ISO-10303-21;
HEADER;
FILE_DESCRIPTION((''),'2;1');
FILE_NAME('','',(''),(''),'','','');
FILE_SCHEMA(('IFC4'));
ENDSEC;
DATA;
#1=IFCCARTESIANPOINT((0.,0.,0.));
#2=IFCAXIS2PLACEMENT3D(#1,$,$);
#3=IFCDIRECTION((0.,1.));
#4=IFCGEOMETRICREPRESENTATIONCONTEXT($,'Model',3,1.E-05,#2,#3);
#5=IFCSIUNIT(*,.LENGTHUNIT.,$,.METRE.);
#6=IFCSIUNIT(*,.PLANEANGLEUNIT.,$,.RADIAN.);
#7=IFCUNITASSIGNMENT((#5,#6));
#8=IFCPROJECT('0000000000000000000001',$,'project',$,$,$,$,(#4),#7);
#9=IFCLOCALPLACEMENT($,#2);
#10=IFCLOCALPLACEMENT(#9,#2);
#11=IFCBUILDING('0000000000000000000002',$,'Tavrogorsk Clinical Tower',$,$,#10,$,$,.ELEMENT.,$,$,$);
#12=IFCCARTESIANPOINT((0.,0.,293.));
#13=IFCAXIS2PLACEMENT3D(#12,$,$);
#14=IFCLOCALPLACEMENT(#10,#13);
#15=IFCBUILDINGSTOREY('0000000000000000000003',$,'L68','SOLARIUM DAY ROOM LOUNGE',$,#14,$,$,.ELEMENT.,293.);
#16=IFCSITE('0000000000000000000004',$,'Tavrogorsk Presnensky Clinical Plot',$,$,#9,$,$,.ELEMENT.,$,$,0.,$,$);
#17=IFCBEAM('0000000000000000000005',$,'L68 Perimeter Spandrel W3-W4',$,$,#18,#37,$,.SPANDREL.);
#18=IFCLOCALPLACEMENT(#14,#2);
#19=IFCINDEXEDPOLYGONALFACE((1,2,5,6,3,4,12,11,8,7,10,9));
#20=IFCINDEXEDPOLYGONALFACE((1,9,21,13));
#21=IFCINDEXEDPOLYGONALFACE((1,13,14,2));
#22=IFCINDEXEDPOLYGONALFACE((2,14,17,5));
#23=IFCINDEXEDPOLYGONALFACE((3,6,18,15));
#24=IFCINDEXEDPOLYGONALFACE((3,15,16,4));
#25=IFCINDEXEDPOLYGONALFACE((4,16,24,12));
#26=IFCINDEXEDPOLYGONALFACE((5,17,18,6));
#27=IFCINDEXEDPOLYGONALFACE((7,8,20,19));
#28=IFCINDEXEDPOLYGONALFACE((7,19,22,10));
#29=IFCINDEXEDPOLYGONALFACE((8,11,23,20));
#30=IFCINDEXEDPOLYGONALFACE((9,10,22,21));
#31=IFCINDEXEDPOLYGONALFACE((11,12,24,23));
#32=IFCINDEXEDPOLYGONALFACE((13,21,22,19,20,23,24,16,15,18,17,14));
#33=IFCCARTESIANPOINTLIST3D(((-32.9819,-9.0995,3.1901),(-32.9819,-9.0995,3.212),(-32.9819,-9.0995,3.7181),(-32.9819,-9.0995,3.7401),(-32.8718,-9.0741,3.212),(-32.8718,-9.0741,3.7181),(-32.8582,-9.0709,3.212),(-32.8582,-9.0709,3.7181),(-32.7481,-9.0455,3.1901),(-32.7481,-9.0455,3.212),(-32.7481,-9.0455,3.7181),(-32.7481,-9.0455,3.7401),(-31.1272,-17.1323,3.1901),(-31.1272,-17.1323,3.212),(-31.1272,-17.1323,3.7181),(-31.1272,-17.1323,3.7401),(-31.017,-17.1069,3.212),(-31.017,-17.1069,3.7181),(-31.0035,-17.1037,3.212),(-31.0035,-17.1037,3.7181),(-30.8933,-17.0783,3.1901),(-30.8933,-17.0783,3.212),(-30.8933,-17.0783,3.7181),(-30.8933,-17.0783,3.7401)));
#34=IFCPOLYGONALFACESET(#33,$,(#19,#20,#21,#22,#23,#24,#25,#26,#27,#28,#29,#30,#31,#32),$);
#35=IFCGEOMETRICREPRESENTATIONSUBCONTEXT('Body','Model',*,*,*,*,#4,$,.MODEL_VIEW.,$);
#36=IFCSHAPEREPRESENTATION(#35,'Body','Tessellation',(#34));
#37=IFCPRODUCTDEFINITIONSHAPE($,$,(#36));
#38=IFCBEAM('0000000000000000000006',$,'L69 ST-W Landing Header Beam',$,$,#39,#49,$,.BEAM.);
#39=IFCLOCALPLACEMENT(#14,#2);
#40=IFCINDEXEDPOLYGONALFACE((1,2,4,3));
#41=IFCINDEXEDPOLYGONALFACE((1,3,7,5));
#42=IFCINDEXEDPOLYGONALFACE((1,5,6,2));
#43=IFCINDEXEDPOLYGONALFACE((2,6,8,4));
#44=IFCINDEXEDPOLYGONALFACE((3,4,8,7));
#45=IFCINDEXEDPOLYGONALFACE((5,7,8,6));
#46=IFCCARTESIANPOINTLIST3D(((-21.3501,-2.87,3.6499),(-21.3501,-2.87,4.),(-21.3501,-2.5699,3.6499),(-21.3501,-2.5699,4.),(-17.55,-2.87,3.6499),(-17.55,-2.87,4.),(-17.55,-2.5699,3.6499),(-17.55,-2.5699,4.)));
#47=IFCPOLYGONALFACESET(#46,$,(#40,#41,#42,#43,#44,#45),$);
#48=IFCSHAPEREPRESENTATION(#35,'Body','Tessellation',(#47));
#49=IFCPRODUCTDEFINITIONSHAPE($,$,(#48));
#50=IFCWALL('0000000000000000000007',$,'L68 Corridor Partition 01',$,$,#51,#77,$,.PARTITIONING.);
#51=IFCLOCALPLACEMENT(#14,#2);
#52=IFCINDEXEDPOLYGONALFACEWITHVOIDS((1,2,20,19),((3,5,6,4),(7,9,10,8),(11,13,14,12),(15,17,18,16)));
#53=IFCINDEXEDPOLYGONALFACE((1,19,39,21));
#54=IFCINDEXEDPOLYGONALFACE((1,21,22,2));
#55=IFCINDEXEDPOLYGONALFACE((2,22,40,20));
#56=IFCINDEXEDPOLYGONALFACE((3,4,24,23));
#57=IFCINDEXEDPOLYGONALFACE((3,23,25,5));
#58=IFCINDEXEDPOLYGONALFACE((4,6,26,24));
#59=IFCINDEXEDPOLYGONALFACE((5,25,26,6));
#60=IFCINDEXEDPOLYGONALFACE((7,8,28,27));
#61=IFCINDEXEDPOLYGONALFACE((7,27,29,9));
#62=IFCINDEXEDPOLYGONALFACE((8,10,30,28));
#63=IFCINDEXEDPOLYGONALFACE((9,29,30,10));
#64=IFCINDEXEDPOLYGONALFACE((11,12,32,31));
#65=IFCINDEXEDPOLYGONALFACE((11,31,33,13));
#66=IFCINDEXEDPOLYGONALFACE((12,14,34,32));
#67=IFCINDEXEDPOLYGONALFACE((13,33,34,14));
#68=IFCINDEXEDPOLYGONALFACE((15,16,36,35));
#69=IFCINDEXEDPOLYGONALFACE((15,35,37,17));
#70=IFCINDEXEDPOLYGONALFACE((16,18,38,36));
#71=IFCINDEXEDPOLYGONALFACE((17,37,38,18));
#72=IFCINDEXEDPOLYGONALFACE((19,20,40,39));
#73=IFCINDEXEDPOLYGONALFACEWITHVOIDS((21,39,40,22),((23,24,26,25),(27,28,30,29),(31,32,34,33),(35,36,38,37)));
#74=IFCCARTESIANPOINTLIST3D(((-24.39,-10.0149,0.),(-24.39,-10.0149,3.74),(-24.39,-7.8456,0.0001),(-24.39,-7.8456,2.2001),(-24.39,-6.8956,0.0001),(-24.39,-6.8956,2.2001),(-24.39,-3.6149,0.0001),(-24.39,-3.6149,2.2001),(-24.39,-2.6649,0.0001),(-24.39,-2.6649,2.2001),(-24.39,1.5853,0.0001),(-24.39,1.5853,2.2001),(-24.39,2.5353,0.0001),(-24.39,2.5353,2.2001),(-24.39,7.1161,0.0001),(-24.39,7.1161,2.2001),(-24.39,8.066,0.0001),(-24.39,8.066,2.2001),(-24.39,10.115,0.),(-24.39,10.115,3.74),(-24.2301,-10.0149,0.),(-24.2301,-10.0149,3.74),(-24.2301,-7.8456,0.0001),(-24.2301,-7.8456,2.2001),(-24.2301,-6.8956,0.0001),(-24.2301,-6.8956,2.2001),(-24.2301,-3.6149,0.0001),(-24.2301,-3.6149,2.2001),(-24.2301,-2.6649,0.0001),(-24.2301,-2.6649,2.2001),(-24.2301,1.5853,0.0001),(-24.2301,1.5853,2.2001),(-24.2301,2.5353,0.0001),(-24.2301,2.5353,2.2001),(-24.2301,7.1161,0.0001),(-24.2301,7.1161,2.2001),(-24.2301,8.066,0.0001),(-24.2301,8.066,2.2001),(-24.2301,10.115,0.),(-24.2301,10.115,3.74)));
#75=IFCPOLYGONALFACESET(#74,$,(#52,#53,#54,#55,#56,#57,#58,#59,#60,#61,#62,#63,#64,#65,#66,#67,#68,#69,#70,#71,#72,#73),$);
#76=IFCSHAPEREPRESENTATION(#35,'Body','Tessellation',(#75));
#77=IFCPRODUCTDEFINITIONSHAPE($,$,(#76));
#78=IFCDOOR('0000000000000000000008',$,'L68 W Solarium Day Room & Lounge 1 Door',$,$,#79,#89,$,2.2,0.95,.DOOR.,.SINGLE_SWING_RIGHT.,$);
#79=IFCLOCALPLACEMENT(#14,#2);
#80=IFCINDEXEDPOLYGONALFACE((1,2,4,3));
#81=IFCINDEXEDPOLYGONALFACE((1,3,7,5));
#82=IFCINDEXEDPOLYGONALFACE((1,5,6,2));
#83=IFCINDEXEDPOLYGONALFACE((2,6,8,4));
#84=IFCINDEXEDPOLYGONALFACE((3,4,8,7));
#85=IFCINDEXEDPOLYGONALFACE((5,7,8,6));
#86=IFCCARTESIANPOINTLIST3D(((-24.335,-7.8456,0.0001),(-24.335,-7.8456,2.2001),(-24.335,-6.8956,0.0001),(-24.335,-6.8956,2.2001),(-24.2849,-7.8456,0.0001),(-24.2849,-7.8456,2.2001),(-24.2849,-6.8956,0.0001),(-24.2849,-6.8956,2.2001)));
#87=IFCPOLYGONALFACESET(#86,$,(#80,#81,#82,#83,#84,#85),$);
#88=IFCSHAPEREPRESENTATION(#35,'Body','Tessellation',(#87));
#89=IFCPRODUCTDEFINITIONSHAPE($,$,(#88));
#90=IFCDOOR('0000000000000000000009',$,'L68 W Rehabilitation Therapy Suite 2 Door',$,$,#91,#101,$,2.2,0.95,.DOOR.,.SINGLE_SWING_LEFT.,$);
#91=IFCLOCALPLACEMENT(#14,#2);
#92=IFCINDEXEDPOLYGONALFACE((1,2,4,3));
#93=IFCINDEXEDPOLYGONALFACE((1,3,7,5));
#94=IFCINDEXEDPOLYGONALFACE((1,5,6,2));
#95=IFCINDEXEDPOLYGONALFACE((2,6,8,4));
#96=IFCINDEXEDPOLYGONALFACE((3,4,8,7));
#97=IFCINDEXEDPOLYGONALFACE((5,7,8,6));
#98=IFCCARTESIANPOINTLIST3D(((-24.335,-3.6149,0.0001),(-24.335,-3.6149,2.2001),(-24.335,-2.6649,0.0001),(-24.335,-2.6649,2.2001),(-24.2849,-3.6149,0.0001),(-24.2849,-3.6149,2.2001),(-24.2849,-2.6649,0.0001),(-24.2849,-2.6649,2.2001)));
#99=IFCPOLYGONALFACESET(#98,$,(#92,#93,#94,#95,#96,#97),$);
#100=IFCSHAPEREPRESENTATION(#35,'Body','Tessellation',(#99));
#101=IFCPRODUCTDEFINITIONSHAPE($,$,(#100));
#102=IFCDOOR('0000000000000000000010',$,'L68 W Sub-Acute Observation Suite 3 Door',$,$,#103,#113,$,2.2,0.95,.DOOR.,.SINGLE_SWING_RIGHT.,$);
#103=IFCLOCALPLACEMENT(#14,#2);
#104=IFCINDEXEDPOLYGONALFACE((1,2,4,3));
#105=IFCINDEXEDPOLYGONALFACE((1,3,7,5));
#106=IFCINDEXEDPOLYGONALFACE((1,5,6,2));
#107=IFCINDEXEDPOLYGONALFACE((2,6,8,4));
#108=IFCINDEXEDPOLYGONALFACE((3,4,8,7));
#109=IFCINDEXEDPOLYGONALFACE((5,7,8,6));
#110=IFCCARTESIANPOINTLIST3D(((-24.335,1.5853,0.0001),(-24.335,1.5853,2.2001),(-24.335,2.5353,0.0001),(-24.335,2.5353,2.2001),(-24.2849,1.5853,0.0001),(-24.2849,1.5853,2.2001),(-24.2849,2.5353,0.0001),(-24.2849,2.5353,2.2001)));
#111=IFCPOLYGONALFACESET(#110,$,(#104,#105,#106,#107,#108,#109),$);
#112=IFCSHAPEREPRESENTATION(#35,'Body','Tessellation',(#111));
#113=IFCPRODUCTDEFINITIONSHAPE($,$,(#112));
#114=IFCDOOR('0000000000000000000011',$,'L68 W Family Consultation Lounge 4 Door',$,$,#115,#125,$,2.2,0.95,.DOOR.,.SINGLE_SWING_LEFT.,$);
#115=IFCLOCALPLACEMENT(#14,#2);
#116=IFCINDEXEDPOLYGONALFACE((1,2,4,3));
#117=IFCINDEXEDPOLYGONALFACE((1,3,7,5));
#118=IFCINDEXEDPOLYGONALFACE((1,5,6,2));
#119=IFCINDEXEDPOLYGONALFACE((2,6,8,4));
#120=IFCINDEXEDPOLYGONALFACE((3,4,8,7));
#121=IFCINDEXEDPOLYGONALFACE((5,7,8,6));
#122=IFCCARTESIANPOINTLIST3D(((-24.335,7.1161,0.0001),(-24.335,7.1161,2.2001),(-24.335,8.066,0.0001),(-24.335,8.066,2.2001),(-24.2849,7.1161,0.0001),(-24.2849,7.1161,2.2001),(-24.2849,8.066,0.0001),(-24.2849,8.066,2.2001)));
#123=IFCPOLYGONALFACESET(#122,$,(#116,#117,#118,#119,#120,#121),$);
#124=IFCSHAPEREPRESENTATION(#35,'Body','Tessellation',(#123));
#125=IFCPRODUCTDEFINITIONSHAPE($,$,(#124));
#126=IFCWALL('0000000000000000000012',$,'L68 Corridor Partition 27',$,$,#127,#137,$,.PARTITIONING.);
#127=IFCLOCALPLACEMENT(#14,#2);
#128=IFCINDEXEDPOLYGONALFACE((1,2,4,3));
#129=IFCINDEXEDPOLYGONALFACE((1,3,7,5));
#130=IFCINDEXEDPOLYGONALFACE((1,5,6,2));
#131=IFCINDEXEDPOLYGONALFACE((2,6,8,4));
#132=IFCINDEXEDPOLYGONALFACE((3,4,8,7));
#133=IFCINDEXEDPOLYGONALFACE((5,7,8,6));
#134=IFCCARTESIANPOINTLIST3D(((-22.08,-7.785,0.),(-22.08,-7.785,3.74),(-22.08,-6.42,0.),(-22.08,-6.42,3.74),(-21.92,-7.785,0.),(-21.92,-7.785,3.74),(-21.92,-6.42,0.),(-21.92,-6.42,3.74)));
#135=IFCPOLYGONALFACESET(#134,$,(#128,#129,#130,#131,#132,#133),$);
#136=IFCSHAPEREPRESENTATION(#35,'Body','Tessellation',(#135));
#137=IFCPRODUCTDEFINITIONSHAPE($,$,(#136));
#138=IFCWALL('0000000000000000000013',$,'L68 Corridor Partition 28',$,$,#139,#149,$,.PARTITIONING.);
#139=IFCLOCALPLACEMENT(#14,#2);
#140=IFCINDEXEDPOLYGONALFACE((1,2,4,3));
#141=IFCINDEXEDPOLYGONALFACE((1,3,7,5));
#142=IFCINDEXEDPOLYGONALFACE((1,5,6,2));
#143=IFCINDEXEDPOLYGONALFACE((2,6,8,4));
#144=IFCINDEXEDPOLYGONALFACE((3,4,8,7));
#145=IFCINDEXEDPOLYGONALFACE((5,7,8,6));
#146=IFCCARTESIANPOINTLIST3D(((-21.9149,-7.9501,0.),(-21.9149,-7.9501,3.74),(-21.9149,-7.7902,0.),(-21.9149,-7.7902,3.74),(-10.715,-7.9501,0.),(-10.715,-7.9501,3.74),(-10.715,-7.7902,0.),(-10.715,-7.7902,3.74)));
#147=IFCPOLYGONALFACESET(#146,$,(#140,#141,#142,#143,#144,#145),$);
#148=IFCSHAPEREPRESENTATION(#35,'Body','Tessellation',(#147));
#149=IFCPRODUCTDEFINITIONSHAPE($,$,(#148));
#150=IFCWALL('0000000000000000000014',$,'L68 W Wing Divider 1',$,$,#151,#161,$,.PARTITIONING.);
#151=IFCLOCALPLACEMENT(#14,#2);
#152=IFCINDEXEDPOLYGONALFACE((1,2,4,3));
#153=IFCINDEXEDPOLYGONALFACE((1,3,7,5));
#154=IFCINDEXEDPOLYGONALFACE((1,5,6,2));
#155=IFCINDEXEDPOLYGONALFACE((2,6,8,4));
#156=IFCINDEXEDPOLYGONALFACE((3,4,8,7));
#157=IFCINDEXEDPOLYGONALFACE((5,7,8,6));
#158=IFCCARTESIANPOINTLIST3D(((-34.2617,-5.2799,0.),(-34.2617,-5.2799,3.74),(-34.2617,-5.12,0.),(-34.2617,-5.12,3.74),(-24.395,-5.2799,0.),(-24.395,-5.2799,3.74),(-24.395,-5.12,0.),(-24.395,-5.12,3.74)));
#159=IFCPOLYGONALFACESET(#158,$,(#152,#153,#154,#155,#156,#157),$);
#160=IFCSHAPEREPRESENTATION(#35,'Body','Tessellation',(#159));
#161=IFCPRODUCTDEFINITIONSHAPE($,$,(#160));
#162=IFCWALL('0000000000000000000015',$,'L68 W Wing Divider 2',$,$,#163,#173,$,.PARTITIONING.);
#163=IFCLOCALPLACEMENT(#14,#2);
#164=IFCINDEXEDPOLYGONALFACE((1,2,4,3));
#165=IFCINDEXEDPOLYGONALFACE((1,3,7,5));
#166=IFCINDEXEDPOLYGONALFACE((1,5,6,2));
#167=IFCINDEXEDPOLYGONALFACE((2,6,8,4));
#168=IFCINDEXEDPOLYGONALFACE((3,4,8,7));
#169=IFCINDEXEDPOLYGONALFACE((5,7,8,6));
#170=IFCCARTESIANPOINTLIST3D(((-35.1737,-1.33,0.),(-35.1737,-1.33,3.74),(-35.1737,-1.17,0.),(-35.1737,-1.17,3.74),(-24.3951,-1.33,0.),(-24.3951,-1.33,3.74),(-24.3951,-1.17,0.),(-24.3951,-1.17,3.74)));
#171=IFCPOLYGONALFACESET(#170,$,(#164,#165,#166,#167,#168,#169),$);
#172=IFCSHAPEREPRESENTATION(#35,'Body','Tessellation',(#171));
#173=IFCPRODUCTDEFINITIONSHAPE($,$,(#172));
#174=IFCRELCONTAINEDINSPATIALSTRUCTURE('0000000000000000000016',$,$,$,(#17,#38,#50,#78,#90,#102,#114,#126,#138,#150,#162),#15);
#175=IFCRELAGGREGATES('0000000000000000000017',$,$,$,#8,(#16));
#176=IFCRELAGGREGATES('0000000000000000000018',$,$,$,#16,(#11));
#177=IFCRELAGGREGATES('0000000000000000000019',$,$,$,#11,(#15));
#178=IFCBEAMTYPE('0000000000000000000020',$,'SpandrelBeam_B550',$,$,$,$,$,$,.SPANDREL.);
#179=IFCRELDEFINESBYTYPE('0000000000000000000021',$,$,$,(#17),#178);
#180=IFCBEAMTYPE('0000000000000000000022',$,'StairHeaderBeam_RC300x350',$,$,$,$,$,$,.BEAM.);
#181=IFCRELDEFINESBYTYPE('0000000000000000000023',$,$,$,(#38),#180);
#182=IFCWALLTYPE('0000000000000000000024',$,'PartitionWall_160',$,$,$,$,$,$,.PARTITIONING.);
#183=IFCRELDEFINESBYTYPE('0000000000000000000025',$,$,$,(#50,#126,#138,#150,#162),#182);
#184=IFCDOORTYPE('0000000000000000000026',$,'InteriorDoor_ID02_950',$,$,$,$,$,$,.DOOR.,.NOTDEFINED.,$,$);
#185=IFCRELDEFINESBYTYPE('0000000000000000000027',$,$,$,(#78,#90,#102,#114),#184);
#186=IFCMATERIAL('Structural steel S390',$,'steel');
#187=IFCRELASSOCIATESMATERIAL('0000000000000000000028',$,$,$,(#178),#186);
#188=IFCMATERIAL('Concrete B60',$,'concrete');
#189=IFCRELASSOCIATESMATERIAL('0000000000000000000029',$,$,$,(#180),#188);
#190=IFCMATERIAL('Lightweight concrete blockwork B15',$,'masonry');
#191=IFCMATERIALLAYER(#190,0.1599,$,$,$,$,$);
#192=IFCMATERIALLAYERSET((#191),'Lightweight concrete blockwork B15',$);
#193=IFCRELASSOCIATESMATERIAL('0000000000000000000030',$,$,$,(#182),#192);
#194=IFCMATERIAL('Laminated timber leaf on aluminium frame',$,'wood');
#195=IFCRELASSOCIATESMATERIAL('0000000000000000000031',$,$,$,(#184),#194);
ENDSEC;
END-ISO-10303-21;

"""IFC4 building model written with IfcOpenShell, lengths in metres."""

from ifc_helpers import new_model, si_unit, direction, frame, frame_2d, origin, origin_2d, place, context, subcontext, project, spatial, rectangle, i_section, extrude, material, layer, layer_set, material_profile, profile_set, type_object, element, fill, save


model = new_model("IFC4")

# Units and contexts
model_context = context("Model", 3, precision=1e-05, world=origin(), true_north=direction((0.0, 1.0)))
body_context = subcontext(model_context, "Body", "Model", "MODEL_VIEW")
ifc_project = project(units=[si_unit("LENGTHUNIT", "METRE"), si_unit("PLANEANGLEUNIT", "RADIAN")], contexts=[model_context])

# Site, building, storey
site_placement = place(None, origin())
site = spatial("IfcSite", under=ifc_project, at=site_placement, Name="Tavrogorsk Presnensky Clinical Plot", CompositionType="ELEMENT", RefElevation=0.0)
building_placement = place(site_placement, origin())
building = spatial("IfcBuilding", under=site, at=building_placement, Name="Tavrogorsk Clinical Tower", CompositionType="ELEMENT")
storey_placement = place(building_placement, frame((0.0, 0.0, 293.0)))
storey = spatial("IfcBuildingStorey", under=building, at=storey_placement, Name="L68", Description="SOLARIUM DAY ROOM LOUNGE", CompositionType="ELEMENT", Elevation=293.0)

# Beams
ifc_material_1 = material(Name="Structural steel S390", Category="steel")
ifc_material_profile_1 = material_profile(ifc_material_1, i_section(OverallWidth=0.24, OverallDepth=0.55, WebThickness=0.0139, FlangeThickness=0.022, at=origin_2d()), Name="B-550x240x14x22")
ifc_profile_set_1 = profile_set([ifc_material_profile_1], Name="Structural steel S390")
beam_type_1 = type_object("IfcBeamType", Name="SpandrelBeam_B550", PredefinedType="SPANDREL", material=ifc_profile_set_1)
beam_1_placement = place(storey_placement, frame((-32.865, -9.0725, 3.4651), z_axis=(0.224978, -0.974364, 0.0), x_axis=(0.974364, 0.224978, 0.0)))
element("IfcBeam", 1, at=beam_1_placement, inside=storey, type_object=beam_type_1, Name="L68 Perimeter Spandrel W3-W4", PredefinedType="SPANDREL", context=body_context, shape_type="SweptSolid", body=[
    extrude(i_section(OverallWidth=0.24, OverallDepth=0.55, WebThickness=0.0139, FlangeThickness=0.022, at=origin_2d()), origin(), (0.0, 0.0, 1.0), 8.2441),
])
ifc_material_2 = material(Name="Concrete B60", Category="concrete")
ifc_material_profile_2 = material_profile(ifc_material_2, rectangle(XDim=0.3, YDim=0.3501, at=origin_2d()), Name="RC-SHB-300x350")
ifc_profile_set_2 = profile_set([ifc_material_profile_2], Name="Concrete B60")
beam_type_2 = type_object("IfcBeamType", Name="StairHeaderBeam_RC300x350", PredefinedType="BEAM", material=ifc_profile_set_2)
beam_2_placement = place(storey_placement, frame((-21.3501, -2.72, 3.825), z_axis=(1.0, 0.0, 0.0), x_axis=(0.0, 1.0, 0.0)))
element("IfcBeam", 2, at=beam_2_placement, inside=storey, type_object=beam_type_2, Name="L69 ST-W Landing Header Beam", PredefinedType="BEAM", context=body_context, shape_type="SweptSolid", body=[
    extrude(rectangle(XDim=0.3, YDim=0.3501, at=origin_2d()), origin(), (0.0, 0.0, 1.0), 3.8),
])

# Wall, openings, doors
ifc_material_3 = material(Name="Lightweight concrete blockwork B15", Category="masonry")
ifc_layer_1 = layer(ifc_material_3, 0.1599)
ifc_layer_set_1 = layer_set([ifc_layer_1], Name="Lightweight concrete blockwork B15")
wall_type_1 = type_object("IfcWallType", Name="PartitionWall_160", PredefinedType="PARTITIONING", material=ifc_layer_set_1)
wall_1_placement = place(storey_placement, frame((-24.3101, -10.0149, 0.0), z_axis=(0.0, 0.0, 1.0), x_axis=(0.0, 1.0, 0.0)))
wall_1 = element("IfcWall", 3, at=wall_1_placement, inside=storey, type_object=wall_type_1, Name="L68 Corridor Partition 01", PredefinedType="PARTITIONING", context=body_context, shape_type="SweptSolid", body=[
    extrude(rectangle(XDim=20.1299, YDim=0.1599, at=frame_2d((10.0649, 0.0))), origin(), (0.0, 0.0, 1.0), 3.74),
])
opening_1_placement = place(wall_1_placement, frame((2.1692, 0.0, 0.0)))
opening_1 = element("IfcOpeningElement", 4, at=opening_1_placement, cuts=wall_1, PredefinedType="OPENING", context=body_context, shape_type="SweptSolid", body=[
    extrude(rectangle(XDim=0.95, YDim=2.2, at=frame_2d((0.4751, 1.1001))), frame((0.0, 0.0898, 0.0), z_axis=(0.0, -1.0, 0.0), x_axis=(1.0, 0.0, 0.0)), (0.0, 0.0, 1.0), 0.1799),
])
opening_2_placement = place(wall_1_placement, frame((6.3999, 0.0, 0.0)))
opening_2 = element("IfcOpeningElement", 5, at=opening_2_placement, cuts=wall_1, PredefinedType="OPENING", context=body_context, shape_type="SweptSolid", body=[
    extrude(rectangle(XDim=0.95, YDim=2.2, at=frame_2d((0.4751, 1.1001))), frame((0.0, 0.0898, 0.0), z_axis=(0.0, -1.0, 0.0), x_axis=(1.0, 0.0, 0.0)), (0.0, 0.0, 1.0), 0.1799),
])
opening_3_placement = place(wall_1_placement, frame((11.6001, 0.0, 0.0)))
opening_3 = element("IfcOpeningElement", 6, at=opening_3_placement, cuts=wall_1, PredefinedType="OPENING", context=body_context, shape_type="SweptSolid", body=[
    extrude(rectangle(XDim=0.95, YDim=2.2, at=frame_2d((0.4751, 1.1001))), frame((0.0, 0.0898, 0.0), z_axis=(0.0, -1.0, 0.0), x_axis=(1.0, 0.0, 0.0)), (0.0, 0.0, 1.0), 0.1799),
])
opening_4_placement = place(wall_1_placement, frame((17.1309, 0.0, 0.0)))
opening_4 = element("IfcOpeningElement", 7, at=opening_4_placement, cuts=wall_1, PredefinedType="OPENING", context=body_context, shape_type="SweptSolid", body=[
    extrude(rectangle(XDim=0.95, YDim=2.2, at=frame_2d((0.4751, 1.1001))), frame((0.0, 0.0898, 0.0), z_axis=(0.0, -1.0, 0.0), x_axis=(1.0, 0.0, 0.0)), (0.0, 0.0, 1.0), 0.1799),
])
ifc_material_4 = material(Name="Laminated timber leaf on aluminium frame", Category="wood")
door_type = type_object("IfcDoorType", Name="InteriorDoor_ID02_950", OperationType="NOTDEFINED", PredefinedType="DOOR", material=ifc_material_4)
door_1_placement = place(opening_1_placement, origin())
door_1 = element("IfcDoor", 8, at=door_1_placement, inside=storey, type_object=door_type, Name="L68 W Solarium Day Room & Lounge 1 Door", OperationType="SINGLE_SWING_RIGHT", OverallHeight=2.2, OverallWidth=0.95, PredefinedType="DOOR", context=body_context, shape_type="SweptSolid", body=[
    extrude(rectangle(XDim=0.95, YDim=2.2, at=frame_2d((0.4751, 1.1001))), frame((0.0, 0.0249, 0.0), z_axis=(0.0, -1.0, 0.0), x_axis=(1.0, 0.0, 0.0)), (0.0, 0.0, 1.0), 0.05),
])
fill(opening_1, door_1)
door_2_placement = place(opening_2_placement, origin())
door_2 = element("IfcDoor", 9, at=door_2_placement, inside=storey, type_object=door_type, Name="L68 W Rehabilitation Therapy Suite 2 Door", OperationType="SINGLE_SWING_LEFT", OverallHeight=2.2, OverallWidth=0.95, PredefinedType="DOOR", context=body_context, shape_type="SweptSolid", body=[
    extrude(rectangle(XDim=0.95, YDim=2.2, at=frame_2d((0.4751, 1.1001))), frame((0.0, 0.0249, 0.0), z_axis=(0.0, -1.0, 0.0), x_axis=(1.0, 0.0, 0.0)), (0.0, 0.0, 1.0), 0.05),
])
fill(opening_2, door_2)
door_3_placement = place(opening_3_placement, origin())
door_3 = element("IfcDoor", 10, at=door_3_placement, inside=storey, type_object=door_type, Name="L68 W Sub-Acute Observation Suite 3 Door", OperationType="SINGLE_SWING_RIGHT", OverallHeight=2.2, OverallWidth=0.95, PredefinedType="DOOR", context=body_context, shape_type="SweptSolid", body=[
    extrude(rectangle(XDim=0.95, YDim=2.2, at=frame_2d((0.4751, 1.1001))), frame((0.0, 0.0249, 0.0), z_axis=(0.0, -1.0, 0.0), x_axis=(1.0, 0.0, 0.0)), (0.0, 0.0, 1.0), 0.05),
])
fill(opening_3, door_3)
door_4_placement = place(opening_4_placement, origin())
door_4 = element("IfcDoor", 11, at=door_4_placement, inside=storey, type_object=door_type, Name="L68 W Family Consultation Lounge 4 Door", OperationType="SINGLE_SWING_LEFT", OverallHeight=2.2, OverallWidth=0.95, PredefinedType="DOOR", context=body_context, shape_type="SweptSolid", body=[
    extrude(rectangle(XDim=0.95, YDim=2.2, at=frame_2d((0.4751, 1.1001))), frame((0.0, 0.0249, 0.0), z_axis=(0.0, -1.0, 0.0), x_axis=(1.0, 0.0, 0.0)), (0.0, 0.0, 1.0), 0.05),
])
fill(opening_4, door_4)

# Walls
wall_2_placement = place(storey_placement, frame((-22.0, -6.4199, 0.0), z_axis=(0.0, 0.0, 1.0), x_axis=(0.0, -1.0, 0.0)))
element("IfcWall", 12, at=wall_2_placement, inside=storey, type_object=wall_type_1, Name="L68 Corridor Partition 27", PredefinedType="PARTITIONING", context=body_context, shape_type="SweptSolid", body=[
    extrude(rectangle(XDim=1.365, YDim=0.1599, at=frame_2d((0.6826, 0.0))), origin(), (0.0, 0.0, 1.0), 3.74),
])
wall_3_placement = place(storey_placement, frame((-21.915, -7.8701, 0.0), z_axis=(0.0, 0.0, 1.0), x_axis=(1.0, 0.0, 0.0)))
element("IfcWall", 13, at=wall_3_placement, inside=storey, type_object=wall_type_1, Name="L68 Corridor Partition 28", PredefinedType="PARTITIONING", context=body_context, shape_type="SweptSolid", body=[
    extrude(rectangle(XDim=11.2, YDim=0.1599, at=frame_2d((5.6001, 0.0))), origin(), (0.0, 0.0, 1.0), 3.74),
])
wall_4_placement = place(storey_placement, frame((-34.2617, -5.2, 0.0), z_axis=(0.0, 0.0, 1.0), x_axis=(1.0, 0.0, 0.0)))
element("IfcWall", 14, at=wall_4_placement, inside=storey, type_object=wall_type_1, Name="L68 W Wing Divider 1", PredefinedType="PARTITIONING", context=body_context, shape_type="SweptSolid", body=[
    extrude(rectangle(XDim=9.8667, YDim=0.1599, at=frame_2d((4.9333, 0.0))), origin(), (0.0, 0.0, 1.0), 3.74),
])
wall_5_placement = place(storey_placement, frame((-35.1736, -1.25, 0.0), z_axis=(0.0, 0.0, 1.0), x_axis=(1.0, 0.0, 0.0)))
element("IfcWall", 15, at=wall_5_placement, inside=storey, type_object=wall_type_1, Name="L68 W Wing Divider 2", PredefinedType="PARTITIONING", context=body_context, shape_type="SweptSolid", body=[
    extrude(rectangle(XDim=10.7786, YDim=0.1599, at=frame_2d((5.3892, 0.0))), origin(), (0.0, 0.0, 1.0), 3.74),
])

save(model, "model.ifc")
